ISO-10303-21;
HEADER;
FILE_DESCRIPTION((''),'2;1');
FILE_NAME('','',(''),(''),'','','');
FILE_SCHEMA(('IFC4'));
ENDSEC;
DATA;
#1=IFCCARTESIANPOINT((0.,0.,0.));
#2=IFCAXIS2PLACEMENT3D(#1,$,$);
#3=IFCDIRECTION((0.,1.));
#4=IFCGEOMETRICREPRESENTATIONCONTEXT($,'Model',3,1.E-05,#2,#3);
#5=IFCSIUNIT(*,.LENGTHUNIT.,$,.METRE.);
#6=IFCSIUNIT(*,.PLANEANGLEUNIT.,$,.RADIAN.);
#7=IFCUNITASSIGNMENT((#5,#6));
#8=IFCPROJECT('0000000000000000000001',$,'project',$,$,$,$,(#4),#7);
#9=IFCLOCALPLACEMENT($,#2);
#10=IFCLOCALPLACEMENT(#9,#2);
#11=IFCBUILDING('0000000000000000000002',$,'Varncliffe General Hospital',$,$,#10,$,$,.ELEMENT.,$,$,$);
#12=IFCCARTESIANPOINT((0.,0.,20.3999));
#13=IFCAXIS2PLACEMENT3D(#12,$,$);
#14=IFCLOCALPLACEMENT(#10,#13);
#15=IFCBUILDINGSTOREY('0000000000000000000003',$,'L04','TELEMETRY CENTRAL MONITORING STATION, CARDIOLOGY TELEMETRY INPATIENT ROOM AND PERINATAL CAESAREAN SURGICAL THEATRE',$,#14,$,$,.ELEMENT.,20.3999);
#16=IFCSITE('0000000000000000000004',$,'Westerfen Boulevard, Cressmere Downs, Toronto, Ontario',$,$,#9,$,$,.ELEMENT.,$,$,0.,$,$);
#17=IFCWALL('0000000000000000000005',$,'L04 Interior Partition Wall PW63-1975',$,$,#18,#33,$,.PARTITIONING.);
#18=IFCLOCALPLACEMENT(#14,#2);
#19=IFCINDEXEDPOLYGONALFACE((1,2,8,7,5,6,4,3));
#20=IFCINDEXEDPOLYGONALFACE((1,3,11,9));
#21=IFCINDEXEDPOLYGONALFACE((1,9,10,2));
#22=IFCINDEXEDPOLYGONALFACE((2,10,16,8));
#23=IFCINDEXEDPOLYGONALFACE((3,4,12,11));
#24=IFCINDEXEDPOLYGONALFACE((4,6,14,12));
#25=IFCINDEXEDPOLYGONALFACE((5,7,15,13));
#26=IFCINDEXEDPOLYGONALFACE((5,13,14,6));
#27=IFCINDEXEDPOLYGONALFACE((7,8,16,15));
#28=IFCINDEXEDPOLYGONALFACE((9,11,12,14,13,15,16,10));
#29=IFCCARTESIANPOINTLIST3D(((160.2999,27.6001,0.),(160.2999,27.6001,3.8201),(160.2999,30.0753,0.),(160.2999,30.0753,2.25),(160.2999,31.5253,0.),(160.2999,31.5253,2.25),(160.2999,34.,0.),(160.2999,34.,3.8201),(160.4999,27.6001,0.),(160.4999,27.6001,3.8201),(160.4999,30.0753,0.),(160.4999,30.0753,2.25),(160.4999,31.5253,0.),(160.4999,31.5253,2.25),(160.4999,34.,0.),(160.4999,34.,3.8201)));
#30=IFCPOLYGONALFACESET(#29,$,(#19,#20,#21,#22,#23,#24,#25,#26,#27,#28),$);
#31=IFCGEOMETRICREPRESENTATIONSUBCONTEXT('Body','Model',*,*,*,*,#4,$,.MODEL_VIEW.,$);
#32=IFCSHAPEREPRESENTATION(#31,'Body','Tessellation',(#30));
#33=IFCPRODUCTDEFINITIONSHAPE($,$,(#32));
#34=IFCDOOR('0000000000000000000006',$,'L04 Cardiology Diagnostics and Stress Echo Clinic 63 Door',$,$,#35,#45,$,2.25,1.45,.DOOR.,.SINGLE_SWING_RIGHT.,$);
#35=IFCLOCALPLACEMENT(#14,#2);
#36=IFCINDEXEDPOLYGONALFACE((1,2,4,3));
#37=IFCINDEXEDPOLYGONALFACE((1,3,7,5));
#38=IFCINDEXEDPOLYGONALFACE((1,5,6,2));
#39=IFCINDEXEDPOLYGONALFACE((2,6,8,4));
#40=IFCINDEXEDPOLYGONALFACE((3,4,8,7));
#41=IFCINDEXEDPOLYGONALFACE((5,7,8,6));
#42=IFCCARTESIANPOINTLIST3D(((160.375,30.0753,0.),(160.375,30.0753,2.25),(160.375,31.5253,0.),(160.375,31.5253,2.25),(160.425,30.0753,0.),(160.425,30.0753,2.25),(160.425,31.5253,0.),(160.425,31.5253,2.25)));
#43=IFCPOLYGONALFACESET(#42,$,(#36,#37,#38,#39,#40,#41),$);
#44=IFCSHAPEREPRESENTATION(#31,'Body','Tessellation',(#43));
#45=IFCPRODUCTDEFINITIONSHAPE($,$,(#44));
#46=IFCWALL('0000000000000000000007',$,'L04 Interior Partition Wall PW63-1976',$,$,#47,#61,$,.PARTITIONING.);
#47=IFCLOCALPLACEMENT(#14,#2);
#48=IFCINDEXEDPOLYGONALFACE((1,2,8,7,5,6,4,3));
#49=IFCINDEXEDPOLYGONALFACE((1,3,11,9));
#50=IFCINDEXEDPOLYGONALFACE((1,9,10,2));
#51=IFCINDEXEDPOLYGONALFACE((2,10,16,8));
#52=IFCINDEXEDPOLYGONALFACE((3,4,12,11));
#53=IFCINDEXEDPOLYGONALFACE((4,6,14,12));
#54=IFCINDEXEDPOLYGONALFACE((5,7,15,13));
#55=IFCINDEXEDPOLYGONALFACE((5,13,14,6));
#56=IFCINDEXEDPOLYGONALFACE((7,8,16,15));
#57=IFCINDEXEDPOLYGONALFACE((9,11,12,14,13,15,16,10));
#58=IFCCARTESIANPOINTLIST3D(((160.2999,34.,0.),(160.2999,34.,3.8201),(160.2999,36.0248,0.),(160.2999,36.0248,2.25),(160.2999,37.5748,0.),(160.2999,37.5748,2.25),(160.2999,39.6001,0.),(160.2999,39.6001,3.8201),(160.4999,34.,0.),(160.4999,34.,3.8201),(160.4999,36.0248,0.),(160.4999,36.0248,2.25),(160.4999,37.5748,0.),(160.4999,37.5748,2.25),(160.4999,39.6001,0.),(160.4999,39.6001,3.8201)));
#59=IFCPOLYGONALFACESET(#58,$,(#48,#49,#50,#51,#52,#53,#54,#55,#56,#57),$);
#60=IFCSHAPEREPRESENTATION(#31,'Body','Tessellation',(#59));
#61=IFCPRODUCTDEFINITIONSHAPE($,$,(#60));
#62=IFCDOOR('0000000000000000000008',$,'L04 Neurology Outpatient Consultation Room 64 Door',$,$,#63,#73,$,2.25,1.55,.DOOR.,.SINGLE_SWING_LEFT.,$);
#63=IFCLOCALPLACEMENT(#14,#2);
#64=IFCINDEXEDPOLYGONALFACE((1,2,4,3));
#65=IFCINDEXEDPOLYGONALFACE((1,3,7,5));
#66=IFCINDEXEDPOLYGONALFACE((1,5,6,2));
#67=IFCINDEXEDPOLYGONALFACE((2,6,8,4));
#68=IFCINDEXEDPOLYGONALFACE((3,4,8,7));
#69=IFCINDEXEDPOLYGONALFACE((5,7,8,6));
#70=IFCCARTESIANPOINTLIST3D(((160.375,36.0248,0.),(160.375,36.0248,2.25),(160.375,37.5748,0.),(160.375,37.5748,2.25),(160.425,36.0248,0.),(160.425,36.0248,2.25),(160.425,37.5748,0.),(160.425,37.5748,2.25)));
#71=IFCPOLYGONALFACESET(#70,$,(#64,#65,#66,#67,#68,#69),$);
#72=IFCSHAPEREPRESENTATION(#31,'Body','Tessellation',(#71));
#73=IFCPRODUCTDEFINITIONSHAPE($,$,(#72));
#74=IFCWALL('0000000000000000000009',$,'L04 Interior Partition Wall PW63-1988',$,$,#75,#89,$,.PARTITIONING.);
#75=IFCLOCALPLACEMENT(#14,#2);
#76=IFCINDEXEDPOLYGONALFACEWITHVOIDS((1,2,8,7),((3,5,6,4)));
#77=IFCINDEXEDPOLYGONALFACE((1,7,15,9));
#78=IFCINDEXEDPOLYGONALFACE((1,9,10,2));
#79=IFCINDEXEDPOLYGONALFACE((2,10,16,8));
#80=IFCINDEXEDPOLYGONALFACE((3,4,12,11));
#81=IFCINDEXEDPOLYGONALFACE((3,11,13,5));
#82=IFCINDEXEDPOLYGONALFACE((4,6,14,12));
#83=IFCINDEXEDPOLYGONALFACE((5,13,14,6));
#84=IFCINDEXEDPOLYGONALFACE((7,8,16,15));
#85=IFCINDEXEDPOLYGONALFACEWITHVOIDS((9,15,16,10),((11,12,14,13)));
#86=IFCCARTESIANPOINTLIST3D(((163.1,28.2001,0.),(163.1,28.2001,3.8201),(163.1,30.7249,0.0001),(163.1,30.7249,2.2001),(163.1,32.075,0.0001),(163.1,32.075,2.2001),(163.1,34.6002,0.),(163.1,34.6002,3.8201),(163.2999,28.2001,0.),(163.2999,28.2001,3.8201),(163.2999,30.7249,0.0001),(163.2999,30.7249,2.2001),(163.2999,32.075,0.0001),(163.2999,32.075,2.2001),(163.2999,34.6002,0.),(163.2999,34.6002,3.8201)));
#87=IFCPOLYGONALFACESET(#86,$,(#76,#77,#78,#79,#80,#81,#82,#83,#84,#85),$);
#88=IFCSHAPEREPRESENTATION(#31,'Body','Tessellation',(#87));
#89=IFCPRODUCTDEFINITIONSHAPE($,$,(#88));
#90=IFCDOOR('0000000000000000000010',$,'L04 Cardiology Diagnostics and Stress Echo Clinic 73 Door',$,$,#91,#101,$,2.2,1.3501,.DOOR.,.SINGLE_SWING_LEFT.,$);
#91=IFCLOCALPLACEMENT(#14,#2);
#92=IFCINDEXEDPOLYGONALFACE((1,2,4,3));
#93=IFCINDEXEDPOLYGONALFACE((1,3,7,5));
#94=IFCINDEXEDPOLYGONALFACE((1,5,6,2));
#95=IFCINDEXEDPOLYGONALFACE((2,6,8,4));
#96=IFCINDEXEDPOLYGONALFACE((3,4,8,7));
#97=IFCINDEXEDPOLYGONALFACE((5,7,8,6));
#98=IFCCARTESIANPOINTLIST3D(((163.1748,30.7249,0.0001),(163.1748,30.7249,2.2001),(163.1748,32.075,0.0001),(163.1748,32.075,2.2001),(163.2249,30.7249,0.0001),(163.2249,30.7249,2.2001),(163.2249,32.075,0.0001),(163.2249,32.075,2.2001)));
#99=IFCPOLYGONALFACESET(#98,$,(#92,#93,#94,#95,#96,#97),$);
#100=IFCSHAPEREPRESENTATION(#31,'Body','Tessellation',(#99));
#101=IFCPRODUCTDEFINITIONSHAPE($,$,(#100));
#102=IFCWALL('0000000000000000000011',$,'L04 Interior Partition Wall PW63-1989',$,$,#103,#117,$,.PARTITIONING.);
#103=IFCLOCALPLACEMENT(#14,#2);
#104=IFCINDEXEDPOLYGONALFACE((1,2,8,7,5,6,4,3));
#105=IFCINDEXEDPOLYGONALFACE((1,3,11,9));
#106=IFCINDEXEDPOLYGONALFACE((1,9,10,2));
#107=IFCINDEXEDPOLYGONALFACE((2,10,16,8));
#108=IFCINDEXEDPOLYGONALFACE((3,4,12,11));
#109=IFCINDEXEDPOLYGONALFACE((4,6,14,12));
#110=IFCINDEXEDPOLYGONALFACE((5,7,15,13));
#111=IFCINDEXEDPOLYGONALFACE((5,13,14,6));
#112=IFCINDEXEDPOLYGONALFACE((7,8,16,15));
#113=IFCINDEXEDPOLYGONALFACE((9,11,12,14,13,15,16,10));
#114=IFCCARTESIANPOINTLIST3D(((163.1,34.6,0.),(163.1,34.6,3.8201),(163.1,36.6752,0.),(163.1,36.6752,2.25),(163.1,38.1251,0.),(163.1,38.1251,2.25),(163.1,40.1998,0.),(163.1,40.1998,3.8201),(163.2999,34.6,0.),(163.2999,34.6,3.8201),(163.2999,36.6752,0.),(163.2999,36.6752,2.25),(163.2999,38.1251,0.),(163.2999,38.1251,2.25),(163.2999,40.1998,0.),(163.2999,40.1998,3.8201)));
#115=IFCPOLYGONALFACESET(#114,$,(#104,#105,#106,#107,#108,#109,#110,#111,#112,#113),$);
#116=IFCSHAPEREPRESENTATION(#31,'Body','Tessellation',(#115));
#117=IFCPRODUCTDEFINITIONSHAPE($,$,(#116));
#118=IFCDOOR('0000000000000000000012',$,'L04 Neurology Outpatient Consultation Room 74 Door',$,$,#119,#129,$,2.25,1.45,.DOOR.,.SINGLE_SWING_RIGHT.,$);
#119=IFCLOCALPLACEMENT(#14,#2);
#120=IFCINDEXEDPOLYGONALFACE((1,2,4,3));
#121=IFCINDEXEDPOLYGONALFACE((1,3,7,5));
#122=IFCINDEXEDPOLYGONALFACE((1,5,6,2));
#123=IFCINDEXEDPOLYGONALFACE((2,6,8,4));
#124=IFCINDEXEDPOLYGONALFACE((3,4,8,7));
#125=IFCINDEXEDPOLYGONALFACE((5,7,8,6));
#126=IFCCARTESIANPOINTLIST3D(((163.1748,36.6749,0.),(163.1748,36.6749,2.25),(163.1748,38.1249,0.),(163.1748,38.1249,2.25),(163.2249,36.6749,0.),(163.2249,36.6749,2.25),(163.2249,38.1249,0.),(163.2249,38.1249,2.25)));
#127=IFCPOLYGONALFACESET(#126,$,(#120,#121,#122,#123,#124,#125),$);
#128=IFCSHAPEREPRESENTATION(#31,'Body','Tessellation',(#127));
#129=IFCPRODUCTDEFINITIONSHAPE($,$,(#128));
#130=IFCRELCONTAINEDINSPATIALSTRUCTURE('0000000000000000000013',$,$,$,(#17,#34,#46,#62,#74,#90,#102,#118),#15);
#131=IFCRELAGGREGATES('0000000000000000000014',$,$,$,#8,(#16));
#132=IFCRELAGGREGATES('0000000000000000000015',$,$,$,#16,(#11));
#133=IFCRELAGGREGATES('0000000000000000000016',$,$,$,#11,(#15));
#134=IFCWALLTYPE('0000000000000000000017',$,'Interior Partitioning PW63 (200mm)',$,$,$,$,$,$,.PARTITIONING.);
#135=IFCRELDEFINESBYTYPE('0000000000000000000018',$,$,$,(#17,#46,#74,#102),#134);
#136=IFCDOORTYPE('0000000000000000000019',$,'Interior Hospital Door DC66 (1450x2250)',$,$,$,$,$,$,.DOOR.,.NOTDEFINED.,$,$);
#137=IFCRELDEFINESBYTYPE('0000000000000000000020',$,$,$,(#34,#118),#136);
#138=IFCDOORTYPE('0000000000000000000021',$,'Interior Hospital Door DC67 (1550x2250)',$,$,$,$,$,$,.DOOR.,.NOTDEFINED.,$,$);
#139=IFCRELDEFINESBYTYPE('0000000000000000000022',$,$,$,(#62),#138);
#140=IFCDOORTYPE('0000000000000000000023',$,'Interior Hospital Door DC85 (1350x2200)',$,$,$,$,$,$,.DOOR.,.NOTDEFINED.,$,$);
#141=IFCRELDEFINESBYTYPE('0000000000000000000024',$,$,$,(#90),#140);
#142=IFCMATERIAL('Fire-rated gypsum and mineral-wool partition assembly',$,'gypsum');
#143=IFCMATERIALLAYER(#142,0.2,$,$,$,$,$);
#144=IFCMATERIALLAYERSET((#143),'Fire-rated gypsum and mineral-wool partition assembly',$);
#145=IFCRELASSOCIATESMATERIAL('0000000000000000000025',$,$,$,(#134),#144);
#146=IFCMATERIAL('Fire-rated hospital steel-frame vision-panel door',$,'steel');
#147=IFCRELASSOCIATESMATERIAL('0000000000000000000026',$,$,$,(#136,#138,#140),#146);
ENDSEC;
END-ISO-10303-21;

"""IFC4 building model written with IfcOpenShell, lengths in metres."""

from ifc_helpers import new_model, si_unit, direction, frame, frame_2d, origin, place, context, subcontext, project, spatial, rectangle, extrude, material, layer, layer_set, type_object, element, fill, save


model = new_model("IFC4")

# Units and contexts
model_context = context("Model", 3, precision=1e-05, world=origin(), true_north=direction((0.0, 1.0)))
body_context = subcontext(model_context, "Body", "Model", "MODEL_VIEW")
ifc_project = project(units=[si_unit("LENGTHUNIT", "METRE"), si_unit("PLANEANGLEUNIT", "RADIAN")], contexts=[model_context])

# Site, building, storey
site_placement = place(None, origin())
site = spatial("IfcSite", under=ifc_project, at=site_placement, Name="Westerfen Boulevard, Cressmere Downs, Toronto, Ontario", CompositionType="ELEMENT", RefElevation=0.0)
building_placement = place(site_placement, origin())
building = spatial("IfcBuilding", under=site, at=building_placement, Name="Varncliffe General Hospital", CompositionType="ELEMENT")
storey_placement = place(building_placement, frame((0.0, 0.0, 20.3999)))
storey = spatial("IfcBuildingStorey", under=building, at=storey_placement, Name="L04", Description="TELEMETRY CENTRAL MONITORING STATION, CARDIOLOGY TELEMETRY INPATIENT ROOM AND PERINATAL CAESAREAN SURGICAL THEATRE", CompositionType="ELEMENT", Elevation=20.3999)

# Walls, openings, doors
ifc_material_1 = material(Name="Fire-rated gypsum and mineral-wool partition assembly", Category="gypsum")
ifc_layer_1 = layer(ifc_material_1, 0.2)
ifc_layer_set_1 = layer_set([ifc_layer_1], Name="Fire-rated gypsum and mineral-wool partition assembly")
wall_type_1 = type_object("IfcWallType", Name="Interior Partitioning PW63 (200mm)", PredefinedType="PARTITIONING", material=ifc_layer_set_1)
wall_1_placement = place(storey_placement, frame((160.3999, 27.6001, 0.0), z_axis=(0.0, 0.0, 1.0), x_axis=(0.0, 1.0, 0.0)))
wall_1 = element("IfcWall", 1, at=wall_1_placement, inside=storey, type_object=wall_type_1, Name="L04 Interior Partition Wall PW63-1975", PredefinedType="PARTITIONING", context=body_context, shape_type="SweptSolid", body=[
    extrude(rectangle(XDim=6.3999, YDim=0.2, at=frame_2d((3.2, 0.0))), origin(), (0.0, 0.0, 1.0), 3.8201),
])
opening_1_placement = place(wall_1_placement, frame((2.4751, 0.0, 0.0)))
opening_1 = element("IfcOpeningElement", 2, at=opening_1_placement, cuts=wall_1, PredefinedType="OPENING", context=body_context, shape_type="SweptSolid", body=[
    extrude(rectangle(XDim=1.45, YDim=2.25, at=frame_2d((0.7251, 1.125))), frame((0.0, 0.1099, 0.0), z_axis=(0.0, -1.0, 0.0), x_axis=(1.0, 0.0, 0.0)), (0.0, 0.0, 1.0), 0.22),
])
ifc_material_2 = material(Name="Fire-rated hospital steel-frame vision-panel door", Category="steel")
door_type_1 = type_object("IfcDoorType", Name="Interior Hospital Door DC66 (1450x2250)", OperationType="NOTDEFINED", PredefinedType="DOOR", material=ifc_material_2)
door_1_placement = place(opening_1_placement, origin())
door_1 = element("IfcDoor", 3, at=door_1_placement, inside=storey, type_object=door_type_1, Name="L04 Cardiology Diagnostics and Stress Echo Clinic 63 Door", OperationType="SINGLE_SWING_RIGHT", OverallHeight=2.25, OverallWidth=1.45, PredefinedType="DOOR", context=body_context, shape_type="SweptSolid", body=[
    extrude(rectangle(XDim=1.45, YDim=2.25, at=frame_2d((0.7251, 1.125))), frame((0.0, 0.0249, 0.0), z_axis=(0.0, -1.0, 0.0), x_axis=(1.0, 0.0, 0.0)), (0.0, 0.0, 1.0), 0.05),
])
fill(opening_1, door_1)
wall_2_placement = place(storey_placement, frame((160.3999, 34.0, 0.0), z_axis=(0.0, 0.0, 1.0), x_axis=(0.0, 1.0, 0.0)))
wall_2 = element("IfcWall", 4, at=wall_2_placement, inside=storey, type_object=wall_type_1, Name="L04 Interior Partition Wall PW63-1976", PredefinedType="PARTITIONING", context=body_context, shape_type="SweptSolid", body=[
    extrude(rectangle(XDim=5.6001, YDim=0.2, at=frame_2d((2.8, 0.0))), origin(), (0.0, 0.0, 1.0), 3.8201),
])
opening_2_placement = place(wall_2_placement, frame((2.0249, 0.0, 0.0)))
opening_2 = element("IfcOpeningElement", 5, at=opening_2_placement, cuts=wall_2, PredefinedType="OPENING", context=body_context, shape_type="SweptSolid", body=[
    extrude(rectangle(XDim=1.55, YDim=2.25, at=frame_2d((0.7749, 1.125))), frame((0.0, 0.1099, 0.0), z_axis=(0.0, -1.0, 0.0), x_axis=(1.0, 0.0, 0.0)), (0.0, 0.0, 1.0), 0.22),
])
door_type_2 = type_object("IfcDoorType", Name="Interior Hospital Door DC67 (1550x2250)", OperationType="NOTDEFINED", PredefinedType="DOOR", material=ifc_material_2)
door_2_placement = place(opening_2_placement, origin())
door_2 = element("IfcDoor", 6, at=door_2_placement, inside=storey, type_object=door_type_2, Name="L04 Neurology Outpatient Consultation Room 64 Door", OperationType="SINGLE_SWING_LEFT", OverallHeight=2.25, OverallWidth=1.55, PredefinedType="DOOR", context=body_context, shape_type="SweptSolid", body=[
    extrude(rectangle(XDim=1.55, YDim=2.25, at=frame_2d((0.7749, 1.125))), frame((0.0, 0.0249, 0.0), z_axis=(0.0, -1.0, 0.0), x_axis=(1.0, 0.0, 0.0)), (0.0, 0.0, 1.0), 0.05),
])
fill(opening_2, door_2)
wall_3_placement = place(storey_placement, frame((163.2, 28.2, 0.0), z_axis=(0.0, 0.0, 1.0), x_axis=(0.0, 1.0, 0.0)))
wall_3 = element("IfcWall", 7, at=wall_3_placement, inside=storey, type_object=wall_type_1, Name="L04 Interior Partition Wall PW63-1988", PredefinedType="PARTITIONING", context=body_context, shape_type="SweptSolid", body=[
    extrude(rectangle(XDim=6.4001, YDim=0.2, at=frame_2d((3.2002, 0.0))), origin(), (0.0, 0.0, 1.0), 3.8201),
])
opening_3_placement = place(wall_3_placement, frame((2.5249, 0.0, 0.0)))
opening_3 = element("IfcOpeningElement", 8, at=opening_3_placement, cuts=wall_3, PredefinedType="OPENING", context=body_context, shape_type="SweptSolid", body=[
    extrude(rectangle(XDim=1.3501, YDim=2.2, at=frame_2d((0.675, 1.1001))), frame((0.0, 0.1099, 0.0), z_axis=(0.0, -1.0, 0.0), x_axis=(1.0, 0.0, 0.0)), (0.0, 0.0, 1.0), 0.22),
])
door_type_3 = type_object("IfcDoorType", Name="Interior Hospital Door DC85 (1350x2200)", OperationType="NOTDEFINED", PredefinedType="DOOR", material=ifc_material_2)
door_3_placement = place(opening_3_placement, frame((1.3501, 0.0, 0.0), z_axis=(0.0, 0.0, 1.0), x_axis=(-1.0, 0.0, 0.0)))
door_3 = element("IfcDoor", 9, at=door_3_placement, inside=storey, type_object=door_type_3, Name="L04 Cardiology Diagnostics and Stress Echo Clinic 73 Door", OperationType="SINGLE_SWING_LEFT", OverallHeight=2.2, OverallWidth=1.3501, PredefinedType="DOOR", context=body_context, shape_type="SweptSolid", body=[
    extrude(rectangle(XDim=1.3501, YDim=2.2, at=frame_2d((0.675, 1.1001))), frame((0.0, 0.0249, 0.0), z_axis=(0.0, -1.0, 0.0), x_axis=(1.0, 0.0, 0.0)), (0.0, 0.0, 1.0), 0.05),
])
fill(opening_3, door_3)
wall_4_placement = place(storey_placement, frame((163.2, 34.6001, 0.0), z_axis=(0.0, 0.0, 1.0), x_axis=(0.0, 1.0, 0.0)))
wall_4 = element("IfcWall", 10, at=wall_4_placement, inside=storey, type_object=wall_type_1, Name="L04 Interior Partition Wall PW63-1989", PredefinedType="PARTITIONING", context=body_context, shape_type="SweptSolid", body=[
    extrude(rectangle(XDim=5.5999, YDim=0.2, at=frame_2d((2.7998, 0.0))), origin(), (0.0, 0.0, 1.0), 3.8201),
])
opening_4_placement = place(wall_4_placement, frame((2.075, 0.0, 0.0)))
opening_4 = element("IfcOpeningElement", 11, at=opening_4_placement, cuts=wall_4, PredefinedType="OPENING", context=body_context, shape_type="SweptSolid", body=[
    extrude(rectangle(XDim=1.45, YDim=2.25, at=frame_2d((0.7251, 1.125))), frame((0.0, 0.1099, 0.0), z_axis=(0.0, -1.0, 0.0), x_axis=(1.0, 0.0, 0.0)), (0.0, 0.0, 1.0), 0.22),
])
door_4_placement = place(opening_4_placement, frame((1.45, 0.0, 0.0), z_axis=(0.0, 0.0, 1.0), x_axis=(-1.0, 0.0, 0.0)))
door_4 = element("IfcDoor", 12, at=door_4_placement, inside=storey, type_object=door_type_1, Name="L04 Neurology Outpatient Consultation Room 74 Door", OperationType="SINGLE_SWING_RIGHT", OverallHeight=2.25, OverallWidth=1.45, PredefinedType="DOOR", context=body_context, shape_type="SweptSolid", body=[
    extrude(rectangle(XDim=1.45, YDim=2.25, at=frame_2d((0.7251, 1.125))), frame((0.0, 0.0249, 0.0), z_axis=(0.0, -1.0, 0.0), x_axis=(1.0, 0.0, 0.0)), (0.0, 0.0, 1.0), 0.05),
])
fill(opening_4, door_4)

save(model, "model.ifc")
